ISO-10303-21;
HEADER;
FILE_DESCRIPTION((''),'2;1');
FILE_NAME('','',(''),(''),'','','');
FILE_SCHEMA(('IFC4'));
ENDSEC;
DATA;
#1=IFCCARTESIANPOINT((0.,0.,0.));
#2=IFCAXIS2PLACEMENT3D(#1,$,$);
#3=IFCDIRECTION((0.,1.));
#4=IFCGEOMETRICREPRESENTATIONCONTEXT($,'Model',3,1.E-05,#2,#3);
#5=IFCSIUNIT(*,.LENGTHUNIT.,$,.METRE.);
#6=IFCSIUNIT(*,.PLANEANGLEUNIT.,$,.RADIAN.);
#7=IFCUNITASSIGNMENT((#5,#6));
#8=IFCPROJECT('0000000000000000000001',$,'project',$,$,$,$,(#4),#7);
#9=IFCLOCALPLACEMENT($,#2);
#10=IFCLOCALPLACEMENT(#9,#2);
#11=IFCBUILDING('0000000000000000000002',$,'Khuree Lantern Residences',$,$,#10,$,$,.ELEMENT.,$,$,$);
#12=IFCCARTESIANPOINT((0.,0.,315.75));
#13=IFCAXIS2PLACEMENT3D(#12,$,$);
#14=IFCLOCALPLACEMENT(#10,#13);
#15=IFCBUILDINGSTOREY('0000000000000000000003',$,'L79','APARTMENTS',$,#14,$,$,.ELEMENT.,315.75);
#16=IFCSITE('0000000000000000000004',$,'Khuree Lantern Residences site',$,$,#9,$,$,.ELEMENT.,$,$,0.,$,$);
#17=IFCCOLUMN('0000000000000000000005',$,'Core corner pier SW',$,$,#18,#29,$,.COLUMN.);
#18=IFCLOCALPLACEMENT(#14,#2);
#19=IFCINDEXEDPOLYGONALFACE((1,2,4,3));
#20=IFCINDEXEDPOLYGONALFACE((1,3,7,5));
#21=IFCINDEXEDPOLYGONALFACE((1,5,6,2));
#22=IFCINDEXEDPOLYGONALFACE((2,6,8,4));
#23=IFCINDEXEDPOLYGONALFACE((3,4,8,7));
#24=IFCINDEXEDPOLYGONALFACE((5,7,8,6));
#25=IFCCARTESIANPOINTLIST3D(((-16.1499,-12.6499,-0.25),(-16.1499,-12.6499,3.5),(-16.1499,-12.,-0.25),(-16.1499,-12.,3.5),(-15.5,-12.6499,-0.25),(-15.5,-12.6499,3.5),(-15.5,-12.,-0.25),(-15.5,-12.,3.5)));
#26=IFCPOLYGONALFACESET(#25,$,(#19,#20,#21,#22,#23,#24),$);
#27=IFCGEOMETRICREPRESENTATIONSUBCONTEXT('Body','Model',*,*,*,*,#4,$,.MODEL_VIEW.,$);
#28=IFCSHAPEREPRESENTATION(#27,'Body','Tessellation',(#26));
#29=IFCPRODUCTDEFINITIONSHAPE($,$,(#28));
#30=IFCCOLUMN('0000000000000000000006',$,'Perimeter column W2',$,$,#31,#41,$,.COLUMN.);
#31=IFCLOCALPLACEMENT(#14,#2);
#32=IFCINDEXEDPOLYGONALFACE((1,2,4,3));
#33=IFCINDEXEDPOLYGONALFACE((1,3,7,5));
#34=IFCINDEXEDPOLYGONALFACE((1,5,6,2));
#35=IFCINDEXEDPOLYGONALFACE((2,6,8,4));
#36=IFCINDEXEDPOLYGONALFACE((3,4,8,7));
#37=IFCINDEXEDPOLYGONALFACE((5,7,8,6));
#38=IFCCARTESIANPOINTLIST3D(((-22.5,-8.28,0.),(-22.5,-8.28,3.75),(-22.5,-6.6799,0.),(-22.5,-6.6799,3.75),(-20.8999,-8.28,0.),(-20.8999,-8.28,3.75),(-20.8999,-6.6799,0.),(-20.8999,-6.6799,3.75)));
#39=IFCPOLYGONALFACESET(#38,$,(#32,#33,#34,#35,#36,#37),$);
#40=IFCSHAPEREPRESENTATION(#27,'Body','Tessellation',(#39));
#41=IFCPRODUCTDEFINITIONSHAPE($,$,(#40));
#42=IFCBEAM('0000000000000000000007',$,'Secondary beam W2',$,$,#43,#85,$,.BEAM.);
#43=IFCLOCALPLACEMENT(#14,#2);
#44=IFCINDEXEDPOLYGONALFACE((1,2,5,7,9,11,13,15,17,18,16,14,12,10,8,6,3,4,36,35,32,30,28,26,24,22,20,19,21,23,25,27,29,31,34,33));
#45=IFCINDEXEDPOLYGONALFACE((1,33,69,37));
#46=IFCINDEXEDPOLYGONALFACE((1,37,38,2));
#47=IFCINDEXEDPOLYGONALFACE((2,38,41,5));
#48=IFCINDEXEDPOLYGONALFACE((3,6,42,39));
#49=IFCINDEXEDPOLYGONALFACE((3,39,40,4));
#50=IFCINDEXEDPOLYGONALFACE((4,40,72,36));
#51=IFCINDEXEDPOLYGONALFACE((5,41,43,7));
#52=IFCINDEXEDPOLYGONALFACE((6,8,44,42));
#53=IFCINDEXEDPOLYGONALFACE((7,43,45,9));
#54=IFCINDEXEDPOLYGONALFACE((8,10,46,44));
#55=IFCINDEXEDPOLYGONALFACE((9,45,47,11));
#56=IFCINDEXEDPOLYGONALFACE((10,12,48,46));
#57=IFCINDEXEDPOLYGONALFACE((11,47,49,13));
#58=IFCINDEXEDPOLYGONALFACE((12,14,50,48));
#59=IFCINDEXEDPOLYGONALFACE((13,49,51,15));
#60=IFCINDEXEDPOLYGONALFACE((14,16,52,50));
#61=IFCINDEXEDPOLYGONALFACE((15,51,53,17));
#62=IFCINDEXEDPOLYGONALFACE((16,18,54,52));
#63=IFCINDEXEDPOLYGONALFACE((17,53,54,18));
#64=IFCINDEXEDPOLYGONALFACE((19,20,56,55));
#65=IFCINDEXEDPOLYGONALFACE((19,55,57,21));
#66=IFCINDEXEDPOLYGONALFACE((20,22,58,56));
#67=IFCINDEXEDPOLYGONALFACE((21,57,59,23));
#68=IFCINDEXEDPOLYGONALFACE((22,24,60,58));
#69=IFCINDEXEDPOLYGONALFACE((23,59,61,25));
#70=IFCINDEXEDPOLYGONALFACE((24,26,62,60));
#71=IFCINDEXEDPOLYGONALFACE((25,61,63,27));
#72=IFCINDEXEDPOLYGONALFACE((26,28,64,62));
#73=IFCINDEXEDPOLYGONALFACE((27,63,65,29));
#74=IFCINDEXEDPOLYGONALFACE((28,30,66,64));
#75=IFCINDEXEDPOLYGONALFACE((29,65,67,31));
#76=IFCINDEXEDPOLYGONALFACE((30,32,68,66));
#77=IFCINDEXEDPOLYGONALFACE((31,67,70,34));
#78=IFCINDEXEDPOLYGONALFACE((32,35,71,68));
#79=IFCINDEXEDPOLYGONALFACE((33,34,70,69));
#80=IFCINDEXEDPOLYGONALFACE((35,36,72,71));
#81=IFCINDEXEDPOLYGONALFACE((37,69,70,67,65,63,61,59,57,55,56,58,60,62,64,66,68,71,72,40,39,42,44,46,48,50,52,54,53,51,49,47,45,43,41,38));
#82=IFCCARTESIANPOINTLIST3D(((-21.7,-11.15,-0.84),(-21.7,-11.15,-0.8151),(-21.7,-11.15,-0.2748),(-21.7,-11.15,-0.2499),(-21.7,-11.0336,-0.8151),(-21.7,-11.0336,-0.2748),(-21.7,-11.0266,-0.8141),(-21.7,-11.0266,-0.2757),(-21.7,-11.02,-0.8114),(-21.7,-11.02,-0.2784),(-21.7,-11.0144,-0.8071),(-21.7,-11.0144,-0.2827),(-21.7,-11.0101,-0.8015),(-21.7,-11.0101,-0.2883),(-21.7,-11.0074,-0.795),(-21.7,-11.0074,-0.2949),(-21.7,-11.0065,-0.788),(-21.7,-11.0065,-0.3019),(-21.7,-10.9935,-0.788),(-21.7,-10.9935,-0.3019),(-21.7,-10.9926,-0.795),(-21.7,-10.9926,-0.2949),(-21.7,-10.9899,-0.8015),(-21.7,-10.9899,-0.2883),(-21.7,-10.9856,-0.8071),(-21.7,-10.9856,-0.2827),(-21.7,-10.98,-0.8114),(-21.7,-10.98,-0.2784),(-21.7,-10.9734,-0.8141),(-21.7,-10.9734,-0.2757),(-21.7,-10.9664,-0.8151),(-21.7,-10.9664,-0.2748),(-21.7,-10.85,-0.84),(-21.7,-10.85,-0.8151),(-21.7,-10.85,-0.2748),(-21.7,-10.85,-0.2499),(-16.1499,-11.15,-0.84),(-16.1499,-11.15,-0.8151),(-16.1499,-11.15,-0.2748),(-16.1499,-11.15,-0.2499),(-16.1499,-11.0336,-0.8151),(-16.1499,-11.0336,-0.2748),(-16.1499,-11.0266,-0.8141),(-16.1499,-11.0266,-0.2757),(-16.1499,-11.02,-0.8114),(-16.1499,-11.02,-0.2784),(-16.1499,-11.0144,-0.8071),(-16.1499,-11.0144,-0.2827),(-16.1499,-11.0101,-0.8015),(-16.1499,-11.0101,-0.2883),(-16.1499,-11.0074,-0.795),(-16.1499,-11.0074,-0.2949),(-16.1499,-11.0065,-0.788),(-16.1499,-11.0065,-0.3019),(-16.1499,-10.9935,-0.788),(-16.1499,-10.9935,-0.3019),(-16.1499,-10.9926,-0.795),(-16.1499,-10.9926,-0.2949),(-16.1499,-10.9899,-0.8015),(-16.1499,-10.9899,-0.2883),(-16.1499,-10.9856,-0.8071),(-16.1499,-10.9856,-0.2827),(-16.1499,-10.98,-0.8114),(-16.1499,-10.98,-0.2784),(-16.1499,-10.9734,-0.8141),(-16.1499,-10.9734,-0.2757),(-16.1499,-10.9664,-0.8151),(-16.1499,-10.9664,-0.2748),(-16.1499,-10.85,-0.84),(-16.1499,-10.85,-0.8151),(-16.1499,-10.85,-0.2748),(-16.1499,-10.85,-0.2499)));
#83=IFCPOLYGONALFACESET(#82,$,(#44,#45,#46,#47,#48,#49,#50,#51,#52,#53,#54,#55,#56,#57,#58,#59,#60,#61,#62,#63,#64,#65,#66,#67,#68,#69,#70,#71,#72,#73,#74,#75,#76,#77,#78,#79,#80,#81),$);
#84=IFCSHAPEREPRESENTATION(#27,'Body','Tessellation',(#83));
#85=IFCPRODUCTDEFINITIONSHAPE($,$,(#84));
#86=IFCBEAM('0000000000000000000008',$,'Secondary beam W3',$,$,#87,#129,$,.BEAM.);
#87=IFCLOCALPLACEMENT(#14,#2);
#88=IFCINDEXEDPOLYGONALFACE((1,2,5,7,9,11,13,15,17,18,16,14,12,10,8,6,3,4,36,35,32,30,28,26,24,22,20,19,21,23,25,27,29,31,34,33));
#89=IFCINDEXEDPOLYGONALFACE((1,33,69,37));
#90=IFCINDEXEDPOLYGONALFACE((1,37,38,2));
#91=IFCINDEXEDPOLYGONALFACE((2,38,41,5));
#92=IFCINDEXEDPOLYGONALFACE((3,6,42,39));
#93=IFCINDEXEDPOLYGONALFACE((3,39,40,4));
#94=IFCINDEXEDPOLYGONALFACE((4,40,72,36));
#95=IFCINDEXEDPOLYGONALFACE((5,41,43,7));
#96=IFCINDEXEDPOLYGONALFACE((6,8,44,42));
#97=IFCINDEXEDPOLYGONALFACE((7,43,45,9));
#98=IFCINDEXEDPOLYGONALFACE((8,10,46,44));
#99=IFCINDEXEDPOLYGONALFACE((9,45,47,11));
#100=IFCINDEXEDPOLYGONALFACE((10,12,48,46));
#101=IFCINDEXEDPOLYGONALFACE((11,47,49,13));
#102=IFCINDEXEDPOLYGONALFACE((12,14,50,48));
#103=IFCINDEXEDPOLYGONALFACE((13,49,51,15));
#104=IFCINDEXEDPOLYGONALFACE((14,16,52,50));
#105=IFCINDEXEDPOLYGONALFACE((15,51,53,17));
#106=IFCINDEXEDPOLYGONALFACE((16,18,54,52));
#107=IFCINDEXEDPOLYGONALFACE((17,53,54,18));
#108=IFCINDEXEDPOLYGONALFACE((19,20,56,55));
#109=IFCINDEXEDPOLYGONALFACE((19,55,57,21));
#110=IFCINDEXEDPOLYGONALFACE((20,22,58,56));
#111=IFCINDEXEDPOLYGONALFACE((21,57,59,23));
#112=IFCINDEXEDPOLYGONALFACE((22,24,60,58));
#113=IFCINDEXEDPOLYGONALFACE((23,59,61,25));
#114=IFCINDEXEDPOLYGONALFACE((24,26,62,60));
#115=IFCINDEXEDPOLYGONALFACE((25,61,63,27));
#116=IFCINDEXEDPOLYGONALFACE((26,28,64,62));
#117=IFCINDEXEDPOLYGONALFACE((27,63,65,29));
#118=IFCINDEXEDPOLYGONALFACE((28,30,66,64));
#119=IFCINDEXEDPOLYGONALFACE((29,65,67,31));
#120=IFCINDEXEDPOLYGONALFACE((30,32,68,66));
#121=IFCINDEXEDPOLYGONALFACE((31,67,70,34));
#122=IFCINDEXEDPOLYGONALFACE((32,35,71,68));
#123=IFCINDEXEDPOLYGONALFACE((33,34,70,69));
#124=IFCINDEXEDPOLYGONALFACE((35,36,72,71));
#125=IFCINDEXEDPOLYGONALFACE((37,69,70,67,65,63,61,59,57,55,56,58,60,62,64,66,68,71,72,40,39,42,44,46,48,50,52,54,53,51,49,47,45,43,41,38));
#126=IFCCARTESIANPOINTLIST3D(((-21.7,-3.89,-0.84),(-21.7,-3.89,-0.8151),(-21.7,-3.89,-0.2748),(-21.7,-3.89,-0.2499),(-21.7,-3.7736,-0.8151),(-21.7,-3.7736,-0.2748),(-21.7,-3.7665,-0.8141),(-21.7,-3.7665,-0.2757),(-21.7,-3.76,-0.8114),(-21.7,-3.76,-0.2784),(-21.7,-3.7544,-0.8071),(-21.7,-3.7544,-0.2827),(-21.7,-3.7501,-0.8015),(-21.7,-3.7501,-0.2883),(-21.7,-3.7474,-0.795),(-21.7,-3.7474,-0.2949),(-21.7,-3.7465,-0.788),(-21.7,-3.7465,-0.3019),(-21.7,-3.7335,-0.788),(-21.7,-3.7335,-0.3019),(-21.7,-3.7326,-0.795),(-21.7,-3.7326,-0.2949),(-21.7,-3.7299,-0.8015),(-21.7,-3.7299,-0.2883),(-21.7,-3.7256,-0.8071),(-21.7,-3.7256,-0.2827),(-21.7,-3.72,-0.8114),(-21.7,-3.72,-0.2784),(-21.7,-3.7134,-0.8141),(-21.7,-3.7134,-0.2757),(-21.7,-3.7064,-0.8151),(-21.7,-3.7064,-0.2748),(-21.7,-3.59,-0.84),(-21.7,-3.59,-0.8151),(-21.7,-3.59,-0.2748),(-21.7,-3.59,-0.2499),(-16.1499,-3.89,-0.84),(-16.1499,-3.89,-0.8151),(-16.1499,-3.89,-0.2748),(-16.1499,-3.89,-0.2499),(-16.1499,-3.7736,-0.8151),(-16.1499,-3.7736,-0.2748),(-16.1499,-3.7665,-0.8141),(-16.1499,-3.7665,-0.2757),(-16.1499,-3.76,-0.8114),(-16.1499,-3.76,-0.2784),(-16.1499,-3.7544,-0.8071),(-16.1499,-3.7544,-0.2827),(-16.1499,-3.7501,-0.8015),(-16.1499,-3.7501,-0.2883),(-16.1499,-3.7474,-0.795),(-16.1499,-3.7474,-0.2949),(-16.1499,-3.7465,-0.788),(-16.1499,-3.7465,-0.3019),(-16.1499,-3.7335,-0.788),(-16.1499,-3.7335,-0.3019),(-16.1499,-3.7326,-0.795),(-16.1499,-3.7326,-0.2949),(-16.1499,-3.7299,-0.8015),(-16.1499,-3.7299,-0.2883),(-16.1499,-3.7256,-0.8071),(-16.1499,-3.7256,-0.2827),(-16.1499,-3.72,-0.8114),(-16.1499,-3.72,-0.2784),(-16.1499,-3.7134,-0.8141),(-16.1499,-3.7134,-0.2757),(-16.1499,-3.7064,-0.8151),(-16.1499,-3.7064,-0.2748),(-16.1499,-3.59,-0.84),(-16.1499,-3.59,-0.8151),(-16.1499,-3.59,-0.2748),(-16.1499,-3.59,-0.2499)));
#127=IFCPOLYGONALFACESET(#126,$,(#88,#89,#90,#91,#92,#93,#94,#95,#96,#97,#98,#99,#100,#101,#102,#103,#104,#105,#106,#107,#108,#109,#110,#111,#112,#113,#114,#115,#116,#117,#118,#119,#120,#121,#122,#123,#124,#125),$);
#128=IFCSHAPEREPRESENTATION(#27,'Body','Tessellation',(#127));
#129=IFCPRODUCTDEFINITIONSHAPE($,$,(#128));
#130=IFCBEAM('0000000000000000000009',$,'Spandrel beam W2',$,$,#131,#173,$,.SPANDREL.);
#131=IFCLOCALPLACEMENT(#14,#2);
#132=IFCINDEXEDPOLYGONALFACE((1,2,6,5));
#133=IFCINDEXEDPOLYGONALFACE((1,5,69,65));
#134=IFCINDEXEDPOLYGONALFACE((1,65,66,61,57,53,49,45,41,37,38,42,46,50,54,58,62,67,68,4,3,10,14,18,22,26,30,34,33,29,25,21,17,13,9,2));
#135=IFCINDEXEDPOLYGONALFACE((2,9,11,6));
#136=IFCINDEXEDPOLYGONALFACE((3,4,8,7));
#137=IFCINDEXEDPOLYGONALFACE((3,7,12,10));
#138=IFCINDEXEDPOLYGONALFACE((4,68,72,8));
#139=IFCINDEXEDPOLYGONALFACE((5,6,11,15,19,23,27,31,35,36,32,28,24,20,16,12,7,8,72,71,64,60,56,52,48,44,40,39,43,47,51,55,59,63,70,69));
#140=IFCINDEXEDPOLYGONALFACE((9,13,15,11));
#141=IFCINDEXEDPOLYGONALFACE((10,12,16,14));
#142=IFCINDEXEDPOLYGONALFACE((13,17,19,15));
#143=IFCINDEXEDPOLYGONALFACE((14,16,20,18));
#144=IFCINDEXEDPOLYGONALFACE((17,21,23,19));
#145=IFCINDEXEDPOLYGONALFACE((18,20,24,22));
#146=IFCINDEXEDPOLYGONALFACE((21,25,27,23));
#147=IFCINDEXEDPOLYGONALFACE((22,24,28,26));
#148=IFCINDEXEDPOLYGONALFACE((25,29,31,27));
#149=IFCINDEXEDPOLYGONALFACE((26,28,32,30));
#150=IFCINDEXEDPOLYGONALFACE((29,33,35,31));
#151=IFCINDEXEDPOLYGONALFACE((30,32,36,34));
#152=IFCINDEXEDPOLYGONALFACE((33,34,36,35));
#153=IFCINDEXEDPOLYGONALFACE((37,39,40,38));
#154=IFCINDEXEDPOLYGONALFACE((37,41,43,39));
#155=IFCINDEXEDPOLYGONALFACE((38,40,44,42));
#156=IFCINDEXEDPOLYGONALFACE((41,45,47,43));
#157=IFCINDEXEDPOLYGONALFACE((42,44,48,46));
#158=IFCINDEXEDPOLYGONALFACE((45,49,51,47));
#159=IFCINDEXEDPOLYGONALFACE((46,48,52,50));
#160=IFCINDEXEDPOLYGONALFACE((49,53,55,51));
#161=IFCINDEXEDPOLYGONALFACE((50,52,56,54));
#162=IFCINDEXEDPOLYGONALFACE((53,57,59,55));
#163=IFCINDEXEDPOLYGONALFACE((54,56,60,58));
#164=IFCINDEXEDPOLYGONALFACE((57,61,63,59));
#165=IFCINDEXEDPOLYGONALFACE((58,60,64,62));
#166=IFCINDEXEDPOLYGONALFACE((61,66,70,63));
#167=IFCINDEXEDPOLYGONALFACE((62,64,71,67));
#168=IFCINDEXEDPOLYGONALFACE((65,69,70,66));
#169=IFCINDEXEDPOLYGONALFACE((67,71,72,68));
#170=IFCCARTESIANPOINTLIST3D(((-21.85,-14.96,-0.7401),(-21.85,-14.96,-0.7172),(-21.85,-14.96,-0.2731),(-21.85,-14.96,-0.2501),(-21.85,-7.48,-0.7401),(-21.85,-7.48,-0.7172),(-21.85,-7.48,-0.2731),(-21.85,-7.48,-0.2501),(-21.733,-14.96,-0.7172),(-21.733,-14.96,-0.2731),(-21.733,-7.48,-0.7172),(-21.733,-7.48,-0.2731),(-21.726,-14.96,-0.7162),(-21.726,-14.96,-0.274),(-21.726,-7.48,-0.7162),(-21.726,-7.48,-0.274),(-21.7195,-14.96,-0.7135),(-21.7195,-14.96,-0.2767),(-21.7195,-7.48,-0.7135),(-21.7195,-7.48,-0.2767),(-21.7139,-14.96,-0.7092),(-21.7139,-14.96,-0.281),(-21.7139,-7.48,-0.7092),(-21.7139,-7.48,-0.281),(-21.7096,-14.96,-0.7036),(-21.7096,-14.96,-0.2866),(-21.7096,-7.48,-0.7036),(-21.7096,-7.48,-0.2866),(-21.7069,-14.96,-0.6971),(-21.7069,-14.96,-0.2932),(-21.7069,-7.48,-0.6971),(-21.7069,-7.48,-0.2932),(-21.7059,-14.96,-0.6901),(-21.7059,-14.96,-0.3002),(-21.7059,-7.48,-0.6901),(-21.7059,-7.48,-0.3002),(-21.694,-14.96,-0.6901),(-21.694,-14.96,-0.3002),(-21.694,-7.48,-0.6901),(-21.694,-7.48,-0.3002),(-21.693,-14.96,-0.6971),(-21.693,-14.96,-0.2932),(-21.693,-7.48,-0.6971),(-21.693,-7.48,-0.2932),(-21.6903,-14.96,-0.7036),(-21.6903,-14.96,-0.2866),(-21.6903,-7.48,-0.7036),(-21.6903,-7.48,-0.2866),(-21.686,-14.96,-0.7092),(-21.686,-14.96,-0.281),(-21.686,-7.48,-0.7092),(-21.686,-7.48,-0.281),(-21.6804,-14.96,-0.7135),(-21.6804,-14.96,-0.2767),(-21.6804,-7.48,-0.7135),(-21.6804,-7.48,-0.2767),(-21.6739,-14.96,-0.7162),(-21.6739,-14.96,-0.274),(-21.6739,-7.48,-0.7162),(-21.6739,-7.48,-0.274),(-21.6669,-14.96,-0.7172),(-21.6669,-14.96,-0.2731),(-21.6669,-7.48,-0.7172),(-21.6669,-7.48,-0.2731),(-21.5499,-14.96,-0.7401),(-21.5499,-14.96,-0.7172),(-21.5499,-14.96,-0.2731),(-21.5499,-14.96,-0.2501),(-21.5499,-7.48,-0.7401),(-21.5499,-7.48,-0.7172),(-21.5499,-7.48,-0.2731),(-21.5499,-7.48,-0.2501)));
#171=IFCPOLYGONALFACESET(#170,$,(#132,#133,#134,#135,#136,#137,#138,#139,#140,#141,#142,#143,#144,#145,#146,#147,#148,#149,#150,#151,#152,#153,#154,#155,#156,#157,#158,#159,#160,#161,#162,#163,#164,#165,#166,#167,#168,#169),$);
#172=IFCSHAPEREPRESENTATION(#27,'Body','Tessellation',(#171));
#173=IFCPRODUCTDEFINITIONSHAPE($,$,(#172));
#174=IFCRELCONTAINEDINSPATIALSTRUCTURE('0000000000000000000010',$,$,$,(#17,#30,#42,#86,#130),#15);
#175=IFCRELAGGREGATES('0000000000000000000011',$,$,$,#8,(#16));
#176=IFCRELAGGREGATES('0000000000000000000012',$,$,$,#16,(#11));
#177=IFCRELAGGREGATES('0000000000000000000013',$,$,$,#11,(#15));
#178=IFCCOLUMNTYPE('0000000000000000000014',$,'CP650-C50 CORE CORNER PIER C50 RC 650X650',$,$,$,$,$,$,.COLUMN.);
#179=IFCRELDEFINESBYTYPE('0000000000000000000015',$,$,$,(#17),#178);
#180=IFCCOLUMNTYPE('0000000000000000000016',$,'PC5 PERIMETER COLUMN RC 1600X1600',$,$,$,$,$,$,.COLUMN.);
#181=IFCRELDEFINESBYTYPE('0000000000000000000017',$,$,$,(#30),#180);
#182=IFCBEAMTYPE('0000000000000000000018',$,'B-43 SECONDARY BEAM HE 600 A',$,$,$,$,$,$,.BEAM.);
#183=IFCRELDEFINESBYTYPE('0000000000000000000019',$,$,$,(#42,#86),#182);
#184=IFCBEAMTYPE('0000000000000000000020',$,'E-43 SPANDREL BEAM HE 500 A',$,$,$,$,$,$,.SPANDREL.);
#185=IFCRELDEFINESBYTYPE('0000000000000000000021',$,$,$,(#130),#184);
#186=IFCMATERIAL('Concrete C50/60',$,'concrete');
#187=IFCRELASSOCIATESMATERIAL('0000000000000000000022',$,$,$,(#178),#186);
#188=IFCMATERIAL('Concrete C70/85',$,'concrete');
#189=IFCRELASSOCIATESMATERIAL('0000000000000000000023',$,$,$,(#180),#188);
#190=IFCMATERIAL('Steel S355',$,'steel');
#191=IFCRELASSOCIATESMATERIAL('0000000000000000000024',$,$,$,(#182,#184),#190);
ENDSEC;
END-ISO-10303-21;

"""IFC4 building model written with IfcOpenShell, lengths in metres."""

from ifc_helpers import new_model, si_unit, direction, frame, origin, origin_2d, place, context, subcontext, project, spatial, rectangle, i_section, extrude, material, material_profile, profile_set, type_object, element, save


model = new_model("IFC4")

# Units and contexts
model_context = context("Model", 3, precision=1e-05, world=origin(), true_north=direction((0.0, 1.0)))
body_context = subcontext(model_context, "Body", "Model", "MODEL_VIEW")
ifc_project = project(units=[si_unit("LENGTHUNIT", "METRE"), si_unit("PLANEANGLEUNIT", "RADIAN")], contexts=[model_context])

# Site, building, storey
site_placement = place(None, origin())
site = spatial("IfcSite", under=ifc_project, at=site_placement, Name="Khuree Lantern Residences site", CompositionType="ELEMENT", RefElevation=0.0)
building_placement = place(site_placement, origin())
building = spatial("IfcBuilding", under=site, at=building_placement, Name="Khuree Lantern Residences", CompositionType="ELEMENT")
storey_placement = place(building_placement, frame((0.0, 0.0, 315.75)))
storey = spatial("IfcBuildingStorey", under=building, at=storey_placement, Name="L79", Description="APARTMENTS", CompositionType="ELEMENT", Elevation=315.75)

# Columns
ifc_material_1 = material(Name="Concrete C50/60", Category="concrete")
ifc_material_profile_1 = material_profile(ifc_material_1, rectangle(XDim=0.6499, YDim=0.6499, at=origin_2d()), Name="RC 650X650")
ifc_profile_set_1 = profile_set([ifc_material_profile_1], Name="Concrete C50/60")
column_type_1 = type_object("IfcColumnType", Name="CP650-C50 CORE CORNER PIER C50 RC 650X650", PredefinedType="COLUMN", material=ifc_profile_set_1)
column_1_placement = place(storey_placement, frame((-15.825, -12.325, -0.25), z_axis=(0.0, 0.0, 1.0), x_axis=(1.0, 0.0, 0.0)))
element("IfcColumn", 1, at=column_1_placement, inside=storey, type_object=column_type_1, Name="Core corner pier SW", PredefinedType="COLUMN", context=body_context, shape_type="SweptSolid", body=[
    extrude(rectangle(XDim=0.6499, YDim=0.6499, at=origin_2d()), origin(), (0.0, 0.0, 1.0), 3.75),
])
ifc_material_2 = material(Name="Concrete C70/85", Category="concrete")
ifc_material_profile_2 = material_profile(ifc_material_2, rectangle(XDim=1.6001, YDim=1.6001, at=origin_2d()), Name="RC 1600X1600")
ifc_profile_set_2 = profile_set([ifc_material_profile_2], Name="Concrete C70/85")
column_type_2 = type_object("IfcColumnType", Name="PC5 PERIMETER COLUMN RC 1600X1600", PredefinedType="COLUMN", material=ifc_profile_set_2)
column_2_placement = place(storey_placement, frame((-21.7, -7.48, 0.0), z_axis=(0.0, 0.0, 1.0), x_axis=(0.0, 1.0, 0.0)))
element("IfcColumn", 2, at=column_2_placement, inside=storey, type_object=column_type_2, Name="Perimeter column W2", PredefinedType="COLUMN", context=body_context, shape_type="SweptSolid", body=[
    extrude(rectangle(XDim=1.6001, YDim=1.6001, at=origin_2d()), origin(), (0.0, 0.0, 1.0), 3.75),
])

# Beams
ifc_material_3 = material(Name="Steel S355", Category="steel")
ifc_material_profile_3 = material_profile(ifc_material_3, i_section(OverallWidth=0.3, OverallDepth=0.5901, WebThickness=0.0129, FlangeThickness=0.0249, FilletRadius=0.0271, at=origin_2d()), Name="HE 600 A")
ifc_profile_set_3 = profile_set([ifc_material_profile_3], Name="Steel S355")
beam_type_1 = type_object("IfcBeamType", Name="B-43 SECONDARY BEAM HE 600 A", PredefinedType="BEAM", material=ifc_profile_set_3)
for number, where, z_axis, x_axis, name in (
    (3, (-21.7, -11.0, -0.5449), (1.0, 0.0, 0.0), (0.0, 1.0, 0.0), "Secondary beam W2"),
    (4, (-21.7, -3.74, -0.5449), (1.0, 0.0, 0.0), (0.0, 1.0, 0.0), "Secondary beam W3"),
):
    element("IfcBeam", number, at=place(storey_placement, frame(where, z_axis=z_axis, x_axis=x_axis)), inside=storey, type_object=beam_type_1, Name=name, PredefinedType="BEAM", context=body_context, shape_type="SweptSolid", body=[
        extrude(i_section(OverallWidth=0.3, OverallDepth=0.5901, WebThickness=0.0129, FlangeThickness=0.0249, FilletRadius=0.0271, at=origin_2d()), origin(), (0.0, 0.0, 1.0), 5.55),
    ])
ifc_material_profile_4 = material_profile(ifc_material_3, i_section(OverallWidth=0.3, OverallDepth=0.49, WebThickness=0.012, FlangeThickness=0.0229, FilletRadius=0.0271, at=origin_2d()), Name="HE 500 A")
ifc_profile_set_4 = profile_set([ifc_material_profile_4], Name="Steel S355")
beam_type_2 = type_object("IfcBeamType", Name="E-43 SPANDREL BEAM HE 500 A", PredefinedType="SPANDREL", material=ifc_profile_set_4)
for number, where, z_axis, x_axis, name in (
    (5, (-21.7, -14.96, -0.4951), (0.0, 1.0, 0.0), (-1.0, 0.0, 0.0), "Spandrel beam W2"),
):
    element("IfcBeam", number, at=place(storey_placement, frame(where, z_axis=z_axis, x_axis=x_axis)), inside=storey, type_object=beam_type_2, Name=name, PredefinedType="SPANDREL", context=body_context, shape_type="SweptSolid", body=[
        extrude(i_section(OverallWidth=0.3, OverallDepth=0.49, WebThickness=0.012, FlangeThickness=0.0229, FilletRadius=0.0271, at=origin_2d()), origin(), (0.0, 0.0, 1.0), 7.48),
    ])

save(model, "model.ifc")
